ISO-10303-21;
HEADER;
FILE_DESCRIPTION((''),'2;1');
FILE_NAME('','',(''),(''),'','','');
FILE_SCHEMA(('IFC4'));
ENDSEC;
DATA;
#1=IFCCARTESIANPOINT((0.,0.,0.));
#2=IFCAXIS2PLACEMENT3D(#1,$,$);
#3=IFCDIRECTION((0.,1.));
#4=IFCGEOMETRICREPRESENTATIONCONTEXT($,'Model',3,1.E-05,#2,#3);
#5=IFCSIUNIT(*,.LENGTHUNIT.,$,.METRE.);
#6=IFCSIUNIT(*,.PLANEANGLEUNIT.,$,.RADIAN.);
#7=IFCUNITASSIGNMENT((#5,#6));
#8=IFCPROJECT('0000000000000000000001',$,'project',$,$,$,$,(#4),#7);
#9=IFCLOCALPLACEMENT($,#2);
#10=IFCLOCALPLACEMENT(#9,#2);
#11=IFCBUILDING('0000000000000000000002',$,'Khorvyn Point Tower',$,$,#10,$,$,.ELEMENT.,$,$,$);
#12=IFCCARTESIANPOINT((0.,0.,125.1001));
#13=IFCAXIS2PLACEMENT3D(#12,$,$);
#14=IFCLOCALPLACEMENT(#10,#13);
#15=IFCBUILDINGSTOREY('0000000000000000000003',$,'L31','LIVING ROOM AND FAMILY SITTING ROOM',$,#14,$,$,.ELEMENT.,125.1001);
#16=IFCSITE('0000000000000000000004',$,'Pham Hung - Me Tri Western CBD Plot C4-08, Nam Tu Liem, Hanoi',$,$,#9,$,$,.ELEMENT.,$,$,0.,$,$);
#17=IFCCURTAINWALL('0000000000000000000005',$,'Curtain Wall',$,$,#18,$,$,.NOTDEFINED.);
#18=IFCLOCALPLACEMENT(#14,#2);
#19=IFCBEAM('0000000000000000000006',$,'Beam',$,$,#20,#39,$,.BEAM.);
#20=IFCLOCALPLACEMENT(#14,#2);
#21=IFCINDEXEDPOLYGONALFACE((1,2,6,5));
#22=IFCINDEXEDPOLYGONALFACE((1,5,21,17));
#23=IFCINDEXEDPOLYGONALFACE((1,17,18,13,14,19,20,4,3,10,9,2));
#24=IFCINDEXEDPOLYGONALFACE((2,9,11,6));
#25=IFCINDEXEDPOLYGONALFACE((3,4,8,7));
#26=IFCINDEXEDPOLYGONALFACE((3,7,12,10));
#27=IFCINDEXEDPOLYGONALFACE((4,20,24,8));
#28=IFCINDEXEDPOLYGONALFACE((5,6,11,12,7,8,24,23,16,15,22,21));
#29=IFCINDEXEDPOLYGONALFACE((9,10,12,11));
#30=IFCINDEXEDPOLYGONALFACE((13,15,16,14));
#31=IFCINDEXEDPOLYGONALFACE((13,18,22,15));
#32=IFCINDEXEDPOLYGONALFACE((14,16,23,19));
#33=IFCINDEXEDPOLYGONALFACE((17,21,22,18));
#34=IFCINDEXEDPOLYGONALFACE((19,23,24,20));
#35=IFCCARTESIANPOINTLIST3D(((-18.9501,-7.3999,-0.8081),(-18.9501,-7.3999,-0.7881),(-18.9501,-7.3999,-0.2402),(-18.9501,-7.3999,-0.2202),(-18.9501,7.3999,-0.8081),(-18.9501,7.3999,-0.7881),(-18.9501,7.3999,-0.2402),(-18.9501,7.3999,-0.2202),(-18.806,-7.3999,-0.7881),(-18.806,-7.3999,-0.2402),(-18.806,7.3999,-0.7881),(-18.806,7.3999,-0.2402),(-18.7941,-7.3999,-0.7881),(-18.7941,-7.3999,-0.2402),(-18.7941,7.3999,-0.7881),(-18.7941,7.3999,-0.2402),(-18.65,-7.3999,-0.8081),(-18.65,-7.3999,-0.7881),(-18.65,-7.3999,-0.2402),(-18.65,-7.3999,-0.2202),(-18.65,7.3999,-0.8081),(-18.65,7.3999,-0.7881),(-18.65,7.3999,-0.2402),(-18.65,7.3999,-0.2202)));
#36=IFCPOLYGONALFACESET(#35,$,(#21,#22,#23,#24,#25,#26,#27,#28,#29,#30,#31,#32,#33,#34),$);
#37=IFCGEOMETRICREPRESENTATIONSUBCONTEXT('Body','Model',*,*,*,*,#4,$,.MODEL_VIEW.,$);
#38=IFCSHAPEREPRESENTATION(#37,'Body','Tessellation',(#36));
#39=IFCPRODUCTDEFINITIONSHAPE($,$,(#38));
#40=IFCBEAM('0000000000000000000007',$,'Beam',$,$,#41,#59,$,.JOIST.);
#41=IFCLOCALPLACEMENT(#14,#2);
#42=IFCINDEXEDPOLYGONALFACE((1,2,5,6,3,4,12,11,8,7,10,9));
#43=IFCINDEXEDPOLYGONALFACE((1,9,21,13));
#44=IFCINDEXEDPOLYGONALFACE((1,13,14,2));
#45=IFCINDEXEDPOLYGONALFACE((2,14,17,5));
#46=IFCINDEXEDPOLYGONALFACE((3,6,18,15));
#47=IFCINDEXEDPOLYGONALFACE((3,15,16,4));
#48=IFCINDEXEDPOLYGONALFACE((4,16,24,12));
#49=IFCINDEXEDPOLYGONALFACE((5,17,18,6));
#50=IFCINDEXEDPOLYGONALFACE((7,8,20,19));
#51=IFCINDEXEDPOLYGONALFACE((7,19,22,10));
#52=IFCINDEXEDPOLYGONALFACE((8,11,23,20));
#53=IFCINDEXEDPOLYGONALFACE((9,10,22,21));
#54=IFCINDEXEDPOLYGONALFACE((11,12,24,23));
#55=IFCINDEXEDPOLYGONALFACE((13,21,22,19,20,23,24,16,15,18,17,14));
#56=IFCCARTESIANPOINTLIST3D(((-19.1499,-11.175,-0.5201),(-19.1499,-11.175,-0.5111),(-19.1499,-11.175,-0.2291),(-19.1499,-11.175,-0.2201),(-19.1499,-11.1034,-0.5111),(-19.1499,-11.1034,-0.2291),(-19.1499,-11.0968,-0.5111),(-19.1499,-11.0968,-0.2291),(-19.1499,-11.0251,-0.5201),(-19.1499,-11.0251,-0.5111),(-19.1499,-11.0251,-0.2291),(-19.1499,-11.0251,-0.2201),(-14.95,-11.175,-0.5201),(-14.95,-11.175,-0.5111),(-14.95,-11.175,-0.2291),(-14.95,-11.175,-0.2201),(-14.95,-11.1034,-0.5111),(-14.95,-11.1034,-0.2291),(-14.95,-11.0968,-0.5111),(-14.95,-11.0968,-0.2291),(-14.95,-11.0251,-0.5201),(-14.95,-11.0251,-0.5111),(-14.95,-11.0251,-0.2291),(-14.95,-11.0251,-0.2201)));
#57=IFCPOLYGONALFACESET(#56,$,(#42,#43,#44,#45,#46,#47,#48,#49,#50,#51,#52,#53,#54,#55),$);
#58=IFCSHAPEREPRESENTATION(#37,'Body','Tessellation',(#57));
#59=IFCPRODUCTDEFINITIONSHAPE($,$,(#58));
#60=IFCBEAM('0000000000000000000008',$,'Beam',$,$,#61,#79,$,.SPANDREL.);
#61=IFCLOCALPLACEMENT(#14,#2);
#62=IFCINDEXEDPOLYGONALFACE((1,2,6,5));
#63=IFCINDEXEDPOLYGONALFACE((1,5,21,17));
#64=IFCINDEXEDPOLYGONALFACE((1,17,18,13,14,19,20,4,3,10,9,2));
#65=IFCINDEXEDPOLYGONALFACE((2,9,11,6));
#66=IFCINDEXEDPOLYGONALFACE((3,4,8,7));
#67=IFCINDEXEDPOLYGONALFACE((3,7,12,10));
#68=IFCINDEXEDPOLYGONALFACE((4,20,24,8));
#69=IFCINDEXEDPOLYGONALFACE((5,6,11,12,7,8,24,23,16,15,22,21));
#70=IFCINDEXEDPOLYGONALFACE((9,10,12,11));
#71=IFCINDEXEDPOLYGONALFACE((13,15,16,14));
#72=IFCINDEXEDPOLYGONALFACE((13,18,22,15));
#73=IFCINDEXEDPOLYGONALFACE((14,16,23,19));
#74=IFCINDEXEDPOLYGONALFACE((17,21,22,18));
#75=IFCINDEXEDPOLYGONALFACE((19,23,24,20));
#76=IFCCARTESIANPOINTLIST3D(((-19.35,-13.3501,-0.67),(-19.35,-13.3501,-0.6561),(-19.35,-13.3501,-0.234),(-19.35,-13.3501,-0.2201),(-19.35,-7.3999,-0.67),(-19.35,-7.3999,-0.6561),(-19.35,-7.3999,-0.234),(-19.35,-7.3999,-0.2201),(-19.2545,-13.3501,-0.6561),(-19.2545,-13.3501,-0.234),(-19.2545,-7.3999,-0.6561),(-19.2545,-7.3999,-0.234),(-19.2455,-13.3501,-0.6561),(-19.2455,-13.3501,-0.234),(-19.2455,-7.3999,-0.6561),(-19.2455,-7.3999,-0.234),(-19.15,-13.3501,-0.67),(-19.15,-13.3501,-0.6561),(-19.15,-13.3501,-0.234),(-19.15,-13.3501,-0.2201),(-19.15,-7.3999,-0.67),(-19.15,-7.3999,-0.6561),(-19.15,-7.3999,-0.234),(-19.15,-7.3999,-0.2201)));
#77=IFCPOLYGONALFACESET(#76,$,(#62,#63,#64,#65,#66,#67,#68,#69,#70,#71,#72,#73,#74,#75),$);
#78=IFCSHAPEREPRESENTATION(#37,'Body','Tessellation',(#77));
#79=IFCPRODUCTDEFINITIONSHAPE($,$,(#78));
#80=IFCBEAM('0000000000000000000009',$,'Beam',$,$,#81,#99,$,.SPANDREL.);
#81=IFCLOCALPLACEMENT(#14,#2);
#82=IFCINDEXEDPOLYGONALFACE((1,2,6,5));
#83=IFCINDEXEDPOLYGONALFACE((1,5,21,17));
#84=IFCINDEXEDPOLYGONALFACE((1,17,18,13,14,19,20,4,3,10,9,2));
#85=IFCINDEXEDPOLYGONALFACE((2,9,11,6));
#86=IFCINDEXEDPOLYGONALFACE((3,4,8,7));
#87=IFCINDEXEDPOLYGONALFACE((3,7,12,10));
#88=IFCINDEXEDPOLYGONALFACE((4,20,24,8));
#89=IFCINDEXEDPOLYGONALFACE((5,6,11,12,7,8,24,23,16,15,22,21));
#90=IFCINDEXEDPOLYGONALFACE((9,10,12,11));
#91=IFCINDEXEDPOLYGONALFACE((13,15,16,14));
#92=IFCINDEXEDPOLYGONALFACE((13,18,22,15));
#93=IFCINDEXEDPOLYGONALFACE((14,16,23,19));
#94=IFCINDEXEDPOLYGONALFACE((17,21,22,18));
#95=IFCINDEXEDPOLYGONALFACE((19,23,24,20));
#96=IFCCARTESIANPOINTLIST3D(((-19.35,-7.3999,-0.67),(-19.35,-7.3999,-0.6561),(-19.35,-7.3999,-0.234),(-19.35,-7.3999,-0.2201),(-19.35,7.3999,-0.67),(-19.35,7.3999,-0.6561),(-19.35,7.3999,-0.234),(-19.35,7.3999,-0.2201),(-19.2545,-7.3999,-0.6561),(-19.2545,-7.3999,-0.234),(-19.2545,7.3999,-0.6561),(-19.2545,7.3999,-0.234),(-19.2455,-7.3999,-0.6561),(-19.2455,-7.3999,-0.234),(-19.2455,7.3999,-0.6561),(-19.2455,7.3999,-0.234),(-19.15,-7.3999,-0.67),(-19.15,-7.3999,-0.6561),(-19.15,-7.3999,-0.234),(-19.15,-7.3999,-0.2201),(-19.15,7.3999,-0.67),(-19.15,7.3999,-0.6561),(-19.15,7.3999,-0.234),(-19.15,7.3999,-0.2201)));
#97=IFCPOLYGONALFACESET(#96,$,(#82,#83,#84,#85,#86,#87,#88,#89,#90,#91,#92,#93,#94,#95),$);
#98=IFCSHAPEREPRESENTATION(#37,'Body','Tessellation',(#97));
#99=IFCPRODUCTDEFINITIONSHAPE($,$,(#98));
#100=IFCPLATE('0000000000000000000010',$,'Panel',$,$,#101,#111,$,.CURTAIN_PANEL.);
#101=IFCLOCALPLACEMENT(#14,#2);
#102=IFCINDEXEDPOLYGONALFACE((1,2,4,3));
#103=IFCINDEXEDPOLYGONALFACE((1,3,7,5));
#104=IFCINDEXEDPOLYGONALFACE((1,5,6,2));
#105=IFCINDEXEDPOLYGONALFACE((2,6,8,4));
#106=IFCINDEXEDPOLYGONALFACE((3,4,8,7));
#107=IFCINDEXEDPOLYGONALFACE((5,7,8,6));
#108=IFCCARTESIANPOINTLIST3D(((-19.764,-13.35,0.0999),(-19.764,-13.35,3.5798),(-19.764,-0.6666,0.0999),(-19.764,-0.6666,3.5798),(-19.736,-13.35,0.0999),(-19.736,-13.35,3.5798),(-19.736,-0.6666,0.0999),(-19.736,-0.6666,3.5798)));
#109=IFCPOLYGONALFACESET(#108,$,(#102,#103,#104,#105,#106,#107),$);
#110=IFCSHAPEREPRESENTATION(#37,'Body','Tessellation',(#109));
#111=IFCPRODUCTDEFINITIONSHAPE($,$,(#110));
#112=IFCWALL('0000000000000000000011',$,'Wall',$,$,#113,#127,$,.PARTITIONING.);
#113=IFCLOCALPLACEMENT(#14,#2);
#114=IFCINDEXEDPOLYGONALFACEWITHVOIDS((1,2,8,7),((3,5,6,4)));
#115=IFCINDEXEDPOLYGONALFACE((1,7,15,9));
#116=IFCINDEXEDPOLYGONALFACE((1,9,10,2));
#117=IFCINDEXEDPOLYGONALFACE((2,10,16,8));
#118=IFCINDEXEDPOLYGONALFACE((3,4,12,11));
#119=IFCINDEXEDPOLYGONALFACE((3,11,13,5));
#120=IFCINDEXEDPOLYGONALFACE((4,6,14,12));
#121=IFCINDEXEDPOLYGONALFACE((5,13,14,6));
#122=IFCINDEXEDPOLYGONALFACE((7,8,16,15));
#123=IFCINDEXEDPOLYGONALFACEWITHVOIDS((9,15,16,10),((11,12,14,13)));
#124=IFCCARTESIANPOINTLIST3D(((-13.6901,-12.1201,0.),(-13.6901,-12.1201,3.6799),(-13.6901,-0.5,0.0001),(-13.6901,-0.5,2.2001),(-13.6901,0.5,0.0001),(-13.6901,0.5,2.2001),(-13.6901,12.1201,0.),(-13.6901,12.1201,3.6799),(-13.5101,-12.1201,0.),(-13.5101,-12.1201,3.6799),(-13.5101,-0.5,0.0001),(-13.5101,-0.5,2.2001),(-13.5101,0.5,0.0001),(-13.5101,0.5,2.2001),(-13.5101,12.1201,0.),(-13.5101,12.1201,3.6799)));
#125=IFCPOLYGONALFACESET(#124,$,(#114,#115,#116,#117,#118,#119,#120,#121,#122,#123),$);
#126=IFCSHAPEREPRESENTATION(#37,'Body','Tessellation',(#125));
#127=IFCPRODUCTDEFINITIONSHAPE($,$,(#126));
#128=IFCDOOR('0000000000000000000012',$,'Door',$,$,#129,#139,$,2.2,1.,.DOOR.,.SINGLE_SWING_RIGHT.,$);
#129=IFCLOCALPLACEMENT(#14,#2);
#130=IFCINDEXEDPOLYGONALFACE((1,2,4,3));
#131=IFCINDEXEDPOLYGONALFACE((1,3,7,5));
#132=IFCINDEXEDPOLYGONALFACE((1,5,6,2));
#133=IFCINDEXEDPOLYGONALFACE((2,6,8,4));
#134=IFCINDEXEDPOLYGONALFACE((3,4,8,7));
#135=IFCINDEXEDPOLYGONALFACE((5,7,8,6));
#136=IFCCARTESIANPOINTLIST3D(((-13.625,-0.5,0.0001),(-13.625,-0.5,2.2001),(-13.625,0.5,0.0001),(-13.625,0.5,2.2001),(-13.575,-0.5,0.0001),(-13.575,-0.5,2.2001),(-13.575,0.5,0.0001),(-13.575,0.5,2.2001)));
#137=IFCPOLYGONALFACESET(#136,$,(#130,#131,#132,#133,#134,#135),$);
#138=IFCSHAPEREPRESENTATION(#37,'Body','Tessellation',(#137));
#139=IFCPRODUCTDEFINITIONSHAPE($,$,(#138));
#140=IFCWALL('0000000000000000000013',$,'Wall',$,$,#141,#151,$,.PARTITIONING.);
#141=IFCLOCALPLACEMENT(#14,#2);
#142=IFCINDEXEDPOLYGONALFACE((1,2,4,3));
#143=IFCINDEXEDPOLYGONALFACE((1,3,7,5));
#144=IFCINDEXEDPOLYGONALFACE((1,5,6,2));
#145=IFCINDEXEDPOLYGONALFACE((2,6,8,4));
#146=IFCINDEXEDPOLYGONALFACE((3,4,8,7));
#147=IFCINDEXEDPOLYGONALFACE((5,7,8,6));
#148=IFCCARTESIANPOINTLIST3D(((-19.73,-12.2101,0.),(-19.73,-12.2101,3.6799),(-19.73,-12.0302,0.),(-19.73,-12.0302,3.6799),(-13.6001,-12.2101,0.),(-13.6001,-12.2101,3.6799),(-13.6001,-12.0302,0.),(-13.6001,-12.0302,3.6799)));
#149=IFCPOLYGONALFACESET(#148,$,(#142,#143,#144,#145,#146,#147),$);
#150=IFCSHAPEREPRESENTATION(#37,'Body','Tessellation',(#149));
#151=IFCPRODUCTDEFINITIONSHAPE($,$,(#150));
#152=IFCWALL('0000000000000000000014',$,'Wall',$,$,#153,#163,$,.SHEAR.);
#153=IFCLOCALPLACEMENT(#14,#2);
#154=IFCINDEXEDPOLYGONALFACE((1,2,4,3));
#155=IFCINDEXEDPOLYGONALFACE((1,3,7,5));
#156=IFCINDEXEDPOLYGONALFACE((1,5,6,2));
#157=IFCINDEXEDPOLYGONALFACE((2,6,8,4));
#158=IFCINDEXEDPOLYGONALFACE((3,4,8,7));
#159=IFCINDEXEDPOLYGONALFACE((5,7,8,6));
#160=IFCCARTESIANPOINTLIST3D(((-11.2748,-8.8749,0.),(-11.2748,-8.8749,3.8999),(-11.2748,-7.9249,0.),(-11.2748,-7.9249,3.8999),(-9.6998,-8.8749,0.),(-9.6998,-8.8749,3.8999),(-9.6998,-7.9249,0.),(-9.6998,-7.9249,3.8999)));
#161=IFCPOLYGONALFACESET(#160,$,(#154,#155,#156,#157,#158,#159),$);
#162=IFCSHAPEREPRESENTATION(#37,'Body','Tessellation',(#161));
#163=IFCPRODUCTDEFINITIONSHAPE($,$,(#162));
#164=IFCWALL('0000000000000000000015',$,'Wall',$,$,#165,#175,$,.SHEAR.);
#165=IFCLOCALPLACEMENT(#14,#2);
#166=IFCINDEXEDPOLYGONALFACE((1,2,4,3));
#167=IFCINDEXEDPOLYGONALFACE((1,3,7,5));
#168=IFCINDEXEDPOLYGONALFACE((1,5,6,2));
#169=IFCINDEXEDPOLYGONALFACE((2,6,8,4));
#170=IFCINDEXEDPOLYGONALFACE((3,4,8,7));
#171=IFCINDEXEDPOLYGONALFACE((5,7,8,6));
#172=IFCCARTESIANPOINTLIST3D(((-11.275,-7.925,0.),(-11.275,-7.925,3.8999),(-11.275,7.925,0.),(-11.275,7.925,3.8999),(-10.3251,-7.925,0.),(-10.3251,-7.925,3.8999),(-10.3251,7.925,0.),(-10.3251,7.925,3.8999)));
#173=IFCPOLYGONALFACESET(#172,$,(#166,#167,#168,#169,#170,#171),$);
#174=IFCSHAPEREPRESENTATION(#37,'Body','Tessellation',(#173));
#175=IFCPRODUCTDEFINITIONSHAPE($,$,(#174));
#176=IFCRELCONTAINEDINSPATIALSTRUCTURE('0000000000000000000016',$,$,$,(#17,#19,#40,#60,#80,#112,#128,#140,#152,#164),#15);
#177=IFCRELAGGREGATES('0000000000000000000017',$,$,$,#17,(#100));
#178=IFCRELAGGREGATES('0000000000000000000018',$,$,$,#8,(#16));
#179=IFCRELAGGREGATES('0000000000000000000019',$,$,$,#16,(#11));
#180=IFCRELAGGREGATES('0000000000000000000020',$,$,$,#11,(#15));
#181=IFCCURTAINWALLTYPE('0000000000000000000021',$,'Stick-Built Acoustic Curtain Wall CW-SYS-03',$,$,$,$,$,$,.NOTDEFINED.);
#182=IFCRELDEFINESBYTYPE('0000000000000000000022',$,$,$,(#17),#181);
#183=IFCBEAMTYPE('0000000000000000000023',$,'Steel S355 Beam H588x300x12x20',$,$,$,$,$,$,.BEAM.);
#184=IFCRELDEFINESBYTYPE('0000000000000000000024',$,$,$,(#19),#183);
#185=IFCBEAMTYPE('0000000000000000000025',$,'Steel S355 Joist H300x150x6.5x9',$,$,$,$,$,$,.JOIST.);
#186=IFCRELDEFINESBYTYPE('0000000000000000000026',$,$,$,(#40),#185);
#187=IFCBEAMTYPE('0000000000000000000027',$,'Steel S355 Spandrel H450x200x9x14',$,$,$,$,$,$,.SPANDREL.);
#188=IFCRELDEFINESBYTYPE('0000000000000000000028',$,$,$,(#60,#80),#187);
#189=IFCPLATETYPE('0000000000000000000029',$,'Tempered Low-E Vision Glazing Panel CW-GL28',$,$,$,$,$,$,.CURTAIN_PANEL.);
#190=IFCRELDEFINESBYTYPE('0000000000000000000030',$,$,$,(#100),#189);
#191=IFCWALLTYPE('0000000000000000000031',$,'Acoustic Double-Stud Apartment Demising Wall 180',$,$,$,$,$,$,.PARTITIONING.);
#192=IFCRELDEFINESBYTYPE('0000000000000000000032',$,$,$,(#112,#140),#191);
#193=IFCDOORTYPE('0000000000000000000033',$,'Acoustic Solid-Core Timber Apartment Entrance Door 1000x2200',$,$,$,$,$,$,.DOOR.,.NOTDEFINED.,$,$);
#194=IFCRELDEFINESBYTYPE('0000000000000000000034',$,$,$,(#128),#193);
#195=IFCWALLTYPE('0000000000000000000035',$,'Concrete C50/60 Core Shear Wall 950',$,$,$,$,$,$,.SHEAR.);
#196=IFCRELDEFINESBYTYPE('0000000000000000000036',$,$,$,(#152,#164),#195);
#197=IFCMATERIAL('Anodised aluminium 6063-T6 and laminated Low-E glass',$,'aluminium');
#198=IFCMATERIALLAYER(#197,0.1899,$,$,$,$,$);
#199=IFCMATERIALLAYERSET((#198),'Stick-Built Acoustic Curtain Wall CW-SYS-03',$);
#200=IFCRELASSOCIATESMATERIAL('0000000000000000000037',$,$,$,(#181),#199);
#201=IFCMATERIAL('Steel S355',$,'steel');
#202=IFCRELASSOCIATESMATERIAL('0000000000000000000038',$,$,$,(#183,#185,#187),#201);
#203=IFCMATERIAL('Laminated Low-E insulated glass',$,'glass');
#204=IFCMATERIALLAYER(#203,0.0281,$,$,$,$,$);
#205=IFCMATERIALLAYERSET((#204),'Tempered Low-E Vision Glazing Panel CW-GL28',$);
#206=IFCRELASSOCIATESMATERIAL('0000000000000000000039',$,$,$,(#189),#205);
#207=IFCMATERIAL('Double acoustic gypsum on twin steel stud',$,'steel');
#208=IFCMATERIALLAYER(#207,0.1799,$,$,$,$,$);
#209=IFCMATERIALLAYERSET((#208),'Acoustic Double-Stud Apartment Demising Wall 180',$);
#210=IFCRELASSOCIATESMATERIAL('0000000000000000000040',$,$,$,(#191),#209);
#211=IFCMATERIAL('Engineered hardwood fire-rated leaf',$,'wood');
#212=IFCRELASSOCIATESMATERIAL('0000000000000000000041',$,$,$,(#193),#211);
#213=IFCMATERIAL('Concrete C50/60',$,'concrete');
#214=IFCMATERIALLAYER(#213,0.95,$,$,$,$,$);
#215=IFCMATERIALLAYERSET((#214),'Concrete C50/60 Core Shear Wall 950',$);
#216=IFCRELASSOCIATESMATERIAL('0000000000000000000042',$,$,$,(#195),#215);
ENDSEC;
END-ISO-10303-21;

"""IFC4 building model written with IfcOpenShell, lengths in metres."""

from ifc_helpers import new_model, si_unit, direction, frame, frame_2d, origin, origin_2d, place, context, subcontext, project, spatial, rectangle, i_section, extrude, material, layer, layer_set, material_profile, profile_set, type_object, element, fill, aggregate, save


model = new_model("IFC4")

# Units and contexts
model_context = context("Model", 3, precision=1e-05, world=origin(), true_north=direction((0.0, 1.0)))
body_context = subcontext(model_context, "Body", "Model", "MODEL_VIEW")
ifc_project = project(units=[si_unit("LENGTHUNIT", "METRE"), si_unit("PLANEANGLEUNIT", "RADIAN")], contexts=[model_context])

# Site, building, storey
site_placement = place(None, origin())
site = spatial("IfcSite", under=ifc_project, at=site_placement, Name="Pham Hung - Me Tri Western CBD Plot C4-08, Nam Tu Liem, Hanoi", CompositionType="ELEMENT", RefElevation=0.0)
building_placement = place(site_placement, origin())
building = spatial("IfcBuilding", under=site, at=building_placement, Name="Khorvyn Point Tower", CompositionType="ELEMENT")
storey_placement = place(building_placement, frame((0.0, 0.0, 125.1001)))
storey = spatial("IfcBuildingStorey", under=building, at=storey_placement, Name="L31", Description="LIVING ROOM AND FAMILY SITTING ROOM", CompositionType="ELEMENT", Elevation=125.1001)

# Shared definitions
ifc_material_1 = material(Name="Concrete C50/60", Category="concrete")

# Curtain wall
ifc_material_2 = material(Name="Anodised aluminium 6063-T6 and laminated Low-E glass", Category="aluminium")
ifc_layer_1 = layer(ifc_material_2, 0.1899)
ifc_layer_set_1 = layer_set([ifc_layer_1], Name="Stick-Built Acoustic Curtain Wall CW-SYS-03")
curtain_wall_type = type_object("IfcCurtainWallType", Name="Stick-Built Acoustic Curtain Wall CW-SYS-03", PredefinedType="NOTDEFINED", material=ifc_layer_set_1)
curtain_wall_placement = place(storey_placement, origin())
curtain_wall = element("IfcCurtainWall", 1, at=curtain_wall_placement, inside=storey, type_object=curtain_wall_type, Name="Curtain Wall", PredefinedType="NOTDEFINED")

# Beams
ifc_material_3 = material(Name="Steel S355", Category="steel")
ifc_material_profile_1 = material_profile(ifc_material_3, i_section(OverallWidth=0.3, OverallDepth=0.5879, WebThickness=0.012, FlangeThickness=0.02, at=origin_2d()))
ifc_profile_set_1 = profile_set([ifc_material_profile_1], Name="Steel S355 H588x300x12x20")
beam_type_1 = type_object("IfcBeamType", Name="Steel S355 Beam H588x300x12x20", PredefinedType="BEAM", material=ifc_profile_set_1)
for number, where, z_axis, x_axis, name in (
    (2, (-18.8, -7.3999, -0.5142), (0.0, 1.0, 0.0), (-1.0, 0.0, 0.0), "Beam"),
):
    element("IfcBeam", number, at=place(storey_placement, frame(where, z_axis=z_axis, x_axis=x_axis)), inside=storey, type_object=beam_type_1, Name=name, PredefinedType="BEAM", context=body_context, shape_type="SweptSolid", body=[
        extrude(i_section(OverallWidth=0.3, OverallDepth=0.5879, WebThickness=0.012, FlangeThickness=0.02, at=origin_2d()), origin(), (0.0, 0.0, 1.0), 14.7998),
    ])
ifc_material_profile_2 = material_profile(ifc_material_3, i_section(OverallWidth=0.1499, OverallDepth=0.3, WebThickness=0.0066, FlangeThickness=0.009, at=origin_2d()))
ifc_profile_set_2 = profile_set([ifc_material_profile_2], Name="Steel S355 H300x150x6.5x9")
beam_type_2 = type_object("IfcBeamType", Name="Steel S355 Joist H300x150x6.5x9", PredefinedType="JOIST", material=ifc_profile_set_2)
beam_1_placement = place(storey_placement, frame((-19.1499, -11.1001, -0.3701), z_axis=(1.0, 0.0, 0.0), x_axis=(0.0, 1.0, 0.0)))
element("IfcBeam", 3, at=beam_1_placement, inside=storey, type_object=beam_type_2, Name="Beam", PredefinedType="JOIST", context=body_context, shape_type="SweptSolid", body=[
    extrude(i_section(OverallWidth=0.1499, OverallDepth=0.3, WebThickness=0.0066, FlangeThickness=0.009, at=origin_2d()), origin(), (0.0, 0.0, 1.0), 4.2),
])
ifc_material_profile_3 = material_profile(ifc_material_3, i_section(OverallWidth=0.2, OverallDepth=0.45, WebThickness=0.009, FlangeThickness=0.0139, at=origin_2d()))
ifc_profile_set_3 = profile_set([ifc_material_profile_3], Name="Steel S355 H450x200x9x14")
beam_type_3 = type_object("IfcBeamType", Name="Steel S355 Spandrel H450x200x9x14", PredefinedType="SPANDREL", material=ifc_profile_set_3)
beam_2_placement = place(storey_placement, frame((-19.25, -13.3501, -0.4451), z_axis=(0.0, 1.0, 0.0), x_axis=(-1.0, 0.0, 0.0)))
element("IfcBeam", 4, at=beam_2_placement, inside=storey, type_object=beam_type_3, Name="Beam", PredefinedType="SPANDREL", context=body_context, shape_type="SweptSolid", body=[
    extrude(i_section(OverallWidth=0.2, OverallDepth=0.45, WebThickness=0.009, FlangeThickness=0.0139, at=origin_2d()), origin(), (0.0, 0.0, 1.0), 5.9502),
])
beam_3_placement = place(storey_placement, frame((-19.25, -7.3999, -0.4451), z_axis=(0.0, 1.0, 0.0), x_axis=(-1.0, 0.0, 0.0)))
element("IfcBeam", 5, at=beam_3_placement, inside=storey, type_object=beam_type_3, Name="Beam", PredefinedType="SPANDREL", context=body_context, shape_type="SweptSolid", body=[
    extrude(i_section(OverallWidth=0.2, OverallDepth=0.45, WebThickness=0.009, FlangeThickness=0.0139, at=origin_2d()), origin(), (0.0, 0.0, 1.0), 14.7998),
])

# Plate
ifc_material_4 = material(Name="Laminated Low-E insulated glass", Category="glass")
ifc_layer_2 = layer(ifc_material_4, 0.0281)
ifc_layer_set_2 = layer_set([ifc_layer_2], Name="Tempered Low-E Vision Glazing Panel CW-GL28")
plate_type = type_object("IfcPlateType", Name="Tempered Low-E Vision Glazing Panel CW-GL28", PredefinedType="CURTAIN_PANEL", material=ifc_layer_set_2)
plate_placement = place(storey_placement, frame((-19.75, -7.0083, 0.0999), z_axis=(0.0, 0.0, 1.0), x_axis=(0.0, 1.0, 0.0)))
plate = element("IfcPlate", 6, at=plate_placement, type_object=plate_type, Name="Panel", PredefinedType="CURTAIN_PANEL", context=body_context, shape_type="SweptSolid", body=[
    extrude(rectangle(XDim=12.6833, YDim=0.0281, at=origin_2d()), origin(), (0.0, 0.0, 1.0), 3.48),
])
aggregate(curtain_wall, [plate])

# Wall, opening, door
ifc_material_5 = material(Name="Double acoustic gypsum on twin steel stud", Category="steel")
ifc_layer_3 = layer(ifc_material_5, 0.1799)
ifc_layer_set_3 = layer_set([ifc_layer_3], Name="Acoustic Double-Stud Apartment Demising Wall 180")
wall_type_1 = type_object("IfcWallType", Name="Acoustic Double-Stud Apartment Demising Wall 180", PredefinedType="PARTITIONING", material=ifc_layer_set_3)
wall_1_placement = place(storey_placement, frame((-13.6001, -12.1201, 0.0), z_axis=(0.0, 0.0, 1.0), x_axis=(0.0, 1.0, 0.0)))
wall_1 = element("IfcWall", 7, at=wall_1_placement, inside=storey, type_object=wall_type_1, Name="Wall", PredefinedType="PARTITIONING", context=body_context, shape_type="SweptSolid", body=[
    extrude(rectangle(XDim=24.2402, YDim=0.1799, at=frame_2d((12.1201, 0.0))), origin(), (0.0, 0.0, 1.0), 3.6799),
])
opening_1_placement = place(wall_1_placement, frame((11.6201, 0.0, 0.0)))
opening_1 = element("IfcOpeningElement", 8, at=opening_1_placement, cuts=wall_1, PredefinedType="OPENING", context=body_context, shape_type="SweptSolid", body=[
    extrude(rectangle(XDim=1.0, YDim=2.2, at=frame_2d((0.5, 1.1001))), frame((0.0, 0.0999, 0.0), z_axis=(0.0, -1.0, 0.0), x_axis=(1.0, 0.0, 0.0)), (0.0, 0.0, 1.0), 0.2),
])
ifc_material_6 = material(Name="Engineered hardwood fire-rated leaf", Category="wood")
door_type_1 = type_object("IfcDoorType", Name="Acoustic Solid-Core Timber Apartment Entrance Door 1000x2200", OperationType="NOTDEFINED", PredefinedType="DOOR", material=ifc_material_6)
door_1_placement = place(opening_1_placement, origin())
door_1 = element("IfcDoor", 9, at=door_1_placement, inside=storey, type_object=door_type_1, Name="Door", OperationType="SINGLE_SWING_RIGHT", OverallHeight=2.2, OverallWidth=1.0, PredefinedType="DOOR", context=body_context, shape_type="SweptSolid", body=[
    extrude(rectangle(XDim=1.0, YDim=2.2, at=frame_2d((0.5, 1.1001))), frame((0.0, 0.0249, 0.0), z_axis=(0.0, -1.0, 0.0), x_axis=(1.0, 0.0, 0.0)), (0.0, 0.0, 1.0), 0.05),
])
fill(opening_1, door_1)

# Wall
wall_2_placement = place(storey_placement, frame((-19.73, -12.1201, 0.0), z_axis=(0.0, 0.0, 1.0), x_axis=(1.0, 0.0, 0.0)))
element("IfcWall", 10, at=wall_2_placement, inside=storey, type_object=wall_type_1, Name="Wall", PredefinedType="PARTITIONING", context=body_context, shape_type="SweptSolid", body=[
    extrude(rectangle(XDim=6.1299, YDim=0.1799, at=frame_2d((3.0649, 0.0))), origin(), (0.0, 0.0, 1.0), 3.6799),
])

# Walls
ifc_layer_4 = layer(ifc_material_1, 0.95)
ifc_layer_set_4 = layer_set([ifc_layer_4], Name="Concrete C50/60 Core Shear Wall 950")
wall_type_2 = type_object("IfcWallType", Name="Concrete C50/60 Core Shear Wall 950", PredefinedType="SHEAR", material=ifc_layer_set_4)
wall_3_placement = place(storey_placement, frame((-11.2749, -8.3999, 0.0), z_axis=(0.0, 0.0, 1.0), x_axis=(1.0, 0.0, 0.0)))
element("IfcWall", 11, at=wall_3_placement, inside=storey, type_object=wall_type_2, Name="Wall", PredefinedType="SHEAR", context=body_context, shape_type="SweptSolid", body=[
    extrude(rectangle(XDim=1.575, YDim=0.95, at=frame_2d((0.7876, 0.0))), origin(), (0.0, 0.0, 1.0), 3.8999),
])
wall_4_placement = place(storey_placement, frame((-10.8, -7.925, 0.0), z_axis=(0.0, 0.0, 1.0), x_axis=(0.0, 1.0, 0.0)))
element("IfcWall", 12, at=wall_4_placement, inside=storey, type_object=wall_type_2, Name="Wall", PredefinedType="SHEAR", context=body_context, shape_type="SweptSolid", body=[
    extrude(rectangle(XDim=15.8501, YDim=0.95, at=frame_2d((7.925, 0.0))), origin(), (0.0, 0.0, 1.0), 3.8999),
])

save(model, "model.ifc")
